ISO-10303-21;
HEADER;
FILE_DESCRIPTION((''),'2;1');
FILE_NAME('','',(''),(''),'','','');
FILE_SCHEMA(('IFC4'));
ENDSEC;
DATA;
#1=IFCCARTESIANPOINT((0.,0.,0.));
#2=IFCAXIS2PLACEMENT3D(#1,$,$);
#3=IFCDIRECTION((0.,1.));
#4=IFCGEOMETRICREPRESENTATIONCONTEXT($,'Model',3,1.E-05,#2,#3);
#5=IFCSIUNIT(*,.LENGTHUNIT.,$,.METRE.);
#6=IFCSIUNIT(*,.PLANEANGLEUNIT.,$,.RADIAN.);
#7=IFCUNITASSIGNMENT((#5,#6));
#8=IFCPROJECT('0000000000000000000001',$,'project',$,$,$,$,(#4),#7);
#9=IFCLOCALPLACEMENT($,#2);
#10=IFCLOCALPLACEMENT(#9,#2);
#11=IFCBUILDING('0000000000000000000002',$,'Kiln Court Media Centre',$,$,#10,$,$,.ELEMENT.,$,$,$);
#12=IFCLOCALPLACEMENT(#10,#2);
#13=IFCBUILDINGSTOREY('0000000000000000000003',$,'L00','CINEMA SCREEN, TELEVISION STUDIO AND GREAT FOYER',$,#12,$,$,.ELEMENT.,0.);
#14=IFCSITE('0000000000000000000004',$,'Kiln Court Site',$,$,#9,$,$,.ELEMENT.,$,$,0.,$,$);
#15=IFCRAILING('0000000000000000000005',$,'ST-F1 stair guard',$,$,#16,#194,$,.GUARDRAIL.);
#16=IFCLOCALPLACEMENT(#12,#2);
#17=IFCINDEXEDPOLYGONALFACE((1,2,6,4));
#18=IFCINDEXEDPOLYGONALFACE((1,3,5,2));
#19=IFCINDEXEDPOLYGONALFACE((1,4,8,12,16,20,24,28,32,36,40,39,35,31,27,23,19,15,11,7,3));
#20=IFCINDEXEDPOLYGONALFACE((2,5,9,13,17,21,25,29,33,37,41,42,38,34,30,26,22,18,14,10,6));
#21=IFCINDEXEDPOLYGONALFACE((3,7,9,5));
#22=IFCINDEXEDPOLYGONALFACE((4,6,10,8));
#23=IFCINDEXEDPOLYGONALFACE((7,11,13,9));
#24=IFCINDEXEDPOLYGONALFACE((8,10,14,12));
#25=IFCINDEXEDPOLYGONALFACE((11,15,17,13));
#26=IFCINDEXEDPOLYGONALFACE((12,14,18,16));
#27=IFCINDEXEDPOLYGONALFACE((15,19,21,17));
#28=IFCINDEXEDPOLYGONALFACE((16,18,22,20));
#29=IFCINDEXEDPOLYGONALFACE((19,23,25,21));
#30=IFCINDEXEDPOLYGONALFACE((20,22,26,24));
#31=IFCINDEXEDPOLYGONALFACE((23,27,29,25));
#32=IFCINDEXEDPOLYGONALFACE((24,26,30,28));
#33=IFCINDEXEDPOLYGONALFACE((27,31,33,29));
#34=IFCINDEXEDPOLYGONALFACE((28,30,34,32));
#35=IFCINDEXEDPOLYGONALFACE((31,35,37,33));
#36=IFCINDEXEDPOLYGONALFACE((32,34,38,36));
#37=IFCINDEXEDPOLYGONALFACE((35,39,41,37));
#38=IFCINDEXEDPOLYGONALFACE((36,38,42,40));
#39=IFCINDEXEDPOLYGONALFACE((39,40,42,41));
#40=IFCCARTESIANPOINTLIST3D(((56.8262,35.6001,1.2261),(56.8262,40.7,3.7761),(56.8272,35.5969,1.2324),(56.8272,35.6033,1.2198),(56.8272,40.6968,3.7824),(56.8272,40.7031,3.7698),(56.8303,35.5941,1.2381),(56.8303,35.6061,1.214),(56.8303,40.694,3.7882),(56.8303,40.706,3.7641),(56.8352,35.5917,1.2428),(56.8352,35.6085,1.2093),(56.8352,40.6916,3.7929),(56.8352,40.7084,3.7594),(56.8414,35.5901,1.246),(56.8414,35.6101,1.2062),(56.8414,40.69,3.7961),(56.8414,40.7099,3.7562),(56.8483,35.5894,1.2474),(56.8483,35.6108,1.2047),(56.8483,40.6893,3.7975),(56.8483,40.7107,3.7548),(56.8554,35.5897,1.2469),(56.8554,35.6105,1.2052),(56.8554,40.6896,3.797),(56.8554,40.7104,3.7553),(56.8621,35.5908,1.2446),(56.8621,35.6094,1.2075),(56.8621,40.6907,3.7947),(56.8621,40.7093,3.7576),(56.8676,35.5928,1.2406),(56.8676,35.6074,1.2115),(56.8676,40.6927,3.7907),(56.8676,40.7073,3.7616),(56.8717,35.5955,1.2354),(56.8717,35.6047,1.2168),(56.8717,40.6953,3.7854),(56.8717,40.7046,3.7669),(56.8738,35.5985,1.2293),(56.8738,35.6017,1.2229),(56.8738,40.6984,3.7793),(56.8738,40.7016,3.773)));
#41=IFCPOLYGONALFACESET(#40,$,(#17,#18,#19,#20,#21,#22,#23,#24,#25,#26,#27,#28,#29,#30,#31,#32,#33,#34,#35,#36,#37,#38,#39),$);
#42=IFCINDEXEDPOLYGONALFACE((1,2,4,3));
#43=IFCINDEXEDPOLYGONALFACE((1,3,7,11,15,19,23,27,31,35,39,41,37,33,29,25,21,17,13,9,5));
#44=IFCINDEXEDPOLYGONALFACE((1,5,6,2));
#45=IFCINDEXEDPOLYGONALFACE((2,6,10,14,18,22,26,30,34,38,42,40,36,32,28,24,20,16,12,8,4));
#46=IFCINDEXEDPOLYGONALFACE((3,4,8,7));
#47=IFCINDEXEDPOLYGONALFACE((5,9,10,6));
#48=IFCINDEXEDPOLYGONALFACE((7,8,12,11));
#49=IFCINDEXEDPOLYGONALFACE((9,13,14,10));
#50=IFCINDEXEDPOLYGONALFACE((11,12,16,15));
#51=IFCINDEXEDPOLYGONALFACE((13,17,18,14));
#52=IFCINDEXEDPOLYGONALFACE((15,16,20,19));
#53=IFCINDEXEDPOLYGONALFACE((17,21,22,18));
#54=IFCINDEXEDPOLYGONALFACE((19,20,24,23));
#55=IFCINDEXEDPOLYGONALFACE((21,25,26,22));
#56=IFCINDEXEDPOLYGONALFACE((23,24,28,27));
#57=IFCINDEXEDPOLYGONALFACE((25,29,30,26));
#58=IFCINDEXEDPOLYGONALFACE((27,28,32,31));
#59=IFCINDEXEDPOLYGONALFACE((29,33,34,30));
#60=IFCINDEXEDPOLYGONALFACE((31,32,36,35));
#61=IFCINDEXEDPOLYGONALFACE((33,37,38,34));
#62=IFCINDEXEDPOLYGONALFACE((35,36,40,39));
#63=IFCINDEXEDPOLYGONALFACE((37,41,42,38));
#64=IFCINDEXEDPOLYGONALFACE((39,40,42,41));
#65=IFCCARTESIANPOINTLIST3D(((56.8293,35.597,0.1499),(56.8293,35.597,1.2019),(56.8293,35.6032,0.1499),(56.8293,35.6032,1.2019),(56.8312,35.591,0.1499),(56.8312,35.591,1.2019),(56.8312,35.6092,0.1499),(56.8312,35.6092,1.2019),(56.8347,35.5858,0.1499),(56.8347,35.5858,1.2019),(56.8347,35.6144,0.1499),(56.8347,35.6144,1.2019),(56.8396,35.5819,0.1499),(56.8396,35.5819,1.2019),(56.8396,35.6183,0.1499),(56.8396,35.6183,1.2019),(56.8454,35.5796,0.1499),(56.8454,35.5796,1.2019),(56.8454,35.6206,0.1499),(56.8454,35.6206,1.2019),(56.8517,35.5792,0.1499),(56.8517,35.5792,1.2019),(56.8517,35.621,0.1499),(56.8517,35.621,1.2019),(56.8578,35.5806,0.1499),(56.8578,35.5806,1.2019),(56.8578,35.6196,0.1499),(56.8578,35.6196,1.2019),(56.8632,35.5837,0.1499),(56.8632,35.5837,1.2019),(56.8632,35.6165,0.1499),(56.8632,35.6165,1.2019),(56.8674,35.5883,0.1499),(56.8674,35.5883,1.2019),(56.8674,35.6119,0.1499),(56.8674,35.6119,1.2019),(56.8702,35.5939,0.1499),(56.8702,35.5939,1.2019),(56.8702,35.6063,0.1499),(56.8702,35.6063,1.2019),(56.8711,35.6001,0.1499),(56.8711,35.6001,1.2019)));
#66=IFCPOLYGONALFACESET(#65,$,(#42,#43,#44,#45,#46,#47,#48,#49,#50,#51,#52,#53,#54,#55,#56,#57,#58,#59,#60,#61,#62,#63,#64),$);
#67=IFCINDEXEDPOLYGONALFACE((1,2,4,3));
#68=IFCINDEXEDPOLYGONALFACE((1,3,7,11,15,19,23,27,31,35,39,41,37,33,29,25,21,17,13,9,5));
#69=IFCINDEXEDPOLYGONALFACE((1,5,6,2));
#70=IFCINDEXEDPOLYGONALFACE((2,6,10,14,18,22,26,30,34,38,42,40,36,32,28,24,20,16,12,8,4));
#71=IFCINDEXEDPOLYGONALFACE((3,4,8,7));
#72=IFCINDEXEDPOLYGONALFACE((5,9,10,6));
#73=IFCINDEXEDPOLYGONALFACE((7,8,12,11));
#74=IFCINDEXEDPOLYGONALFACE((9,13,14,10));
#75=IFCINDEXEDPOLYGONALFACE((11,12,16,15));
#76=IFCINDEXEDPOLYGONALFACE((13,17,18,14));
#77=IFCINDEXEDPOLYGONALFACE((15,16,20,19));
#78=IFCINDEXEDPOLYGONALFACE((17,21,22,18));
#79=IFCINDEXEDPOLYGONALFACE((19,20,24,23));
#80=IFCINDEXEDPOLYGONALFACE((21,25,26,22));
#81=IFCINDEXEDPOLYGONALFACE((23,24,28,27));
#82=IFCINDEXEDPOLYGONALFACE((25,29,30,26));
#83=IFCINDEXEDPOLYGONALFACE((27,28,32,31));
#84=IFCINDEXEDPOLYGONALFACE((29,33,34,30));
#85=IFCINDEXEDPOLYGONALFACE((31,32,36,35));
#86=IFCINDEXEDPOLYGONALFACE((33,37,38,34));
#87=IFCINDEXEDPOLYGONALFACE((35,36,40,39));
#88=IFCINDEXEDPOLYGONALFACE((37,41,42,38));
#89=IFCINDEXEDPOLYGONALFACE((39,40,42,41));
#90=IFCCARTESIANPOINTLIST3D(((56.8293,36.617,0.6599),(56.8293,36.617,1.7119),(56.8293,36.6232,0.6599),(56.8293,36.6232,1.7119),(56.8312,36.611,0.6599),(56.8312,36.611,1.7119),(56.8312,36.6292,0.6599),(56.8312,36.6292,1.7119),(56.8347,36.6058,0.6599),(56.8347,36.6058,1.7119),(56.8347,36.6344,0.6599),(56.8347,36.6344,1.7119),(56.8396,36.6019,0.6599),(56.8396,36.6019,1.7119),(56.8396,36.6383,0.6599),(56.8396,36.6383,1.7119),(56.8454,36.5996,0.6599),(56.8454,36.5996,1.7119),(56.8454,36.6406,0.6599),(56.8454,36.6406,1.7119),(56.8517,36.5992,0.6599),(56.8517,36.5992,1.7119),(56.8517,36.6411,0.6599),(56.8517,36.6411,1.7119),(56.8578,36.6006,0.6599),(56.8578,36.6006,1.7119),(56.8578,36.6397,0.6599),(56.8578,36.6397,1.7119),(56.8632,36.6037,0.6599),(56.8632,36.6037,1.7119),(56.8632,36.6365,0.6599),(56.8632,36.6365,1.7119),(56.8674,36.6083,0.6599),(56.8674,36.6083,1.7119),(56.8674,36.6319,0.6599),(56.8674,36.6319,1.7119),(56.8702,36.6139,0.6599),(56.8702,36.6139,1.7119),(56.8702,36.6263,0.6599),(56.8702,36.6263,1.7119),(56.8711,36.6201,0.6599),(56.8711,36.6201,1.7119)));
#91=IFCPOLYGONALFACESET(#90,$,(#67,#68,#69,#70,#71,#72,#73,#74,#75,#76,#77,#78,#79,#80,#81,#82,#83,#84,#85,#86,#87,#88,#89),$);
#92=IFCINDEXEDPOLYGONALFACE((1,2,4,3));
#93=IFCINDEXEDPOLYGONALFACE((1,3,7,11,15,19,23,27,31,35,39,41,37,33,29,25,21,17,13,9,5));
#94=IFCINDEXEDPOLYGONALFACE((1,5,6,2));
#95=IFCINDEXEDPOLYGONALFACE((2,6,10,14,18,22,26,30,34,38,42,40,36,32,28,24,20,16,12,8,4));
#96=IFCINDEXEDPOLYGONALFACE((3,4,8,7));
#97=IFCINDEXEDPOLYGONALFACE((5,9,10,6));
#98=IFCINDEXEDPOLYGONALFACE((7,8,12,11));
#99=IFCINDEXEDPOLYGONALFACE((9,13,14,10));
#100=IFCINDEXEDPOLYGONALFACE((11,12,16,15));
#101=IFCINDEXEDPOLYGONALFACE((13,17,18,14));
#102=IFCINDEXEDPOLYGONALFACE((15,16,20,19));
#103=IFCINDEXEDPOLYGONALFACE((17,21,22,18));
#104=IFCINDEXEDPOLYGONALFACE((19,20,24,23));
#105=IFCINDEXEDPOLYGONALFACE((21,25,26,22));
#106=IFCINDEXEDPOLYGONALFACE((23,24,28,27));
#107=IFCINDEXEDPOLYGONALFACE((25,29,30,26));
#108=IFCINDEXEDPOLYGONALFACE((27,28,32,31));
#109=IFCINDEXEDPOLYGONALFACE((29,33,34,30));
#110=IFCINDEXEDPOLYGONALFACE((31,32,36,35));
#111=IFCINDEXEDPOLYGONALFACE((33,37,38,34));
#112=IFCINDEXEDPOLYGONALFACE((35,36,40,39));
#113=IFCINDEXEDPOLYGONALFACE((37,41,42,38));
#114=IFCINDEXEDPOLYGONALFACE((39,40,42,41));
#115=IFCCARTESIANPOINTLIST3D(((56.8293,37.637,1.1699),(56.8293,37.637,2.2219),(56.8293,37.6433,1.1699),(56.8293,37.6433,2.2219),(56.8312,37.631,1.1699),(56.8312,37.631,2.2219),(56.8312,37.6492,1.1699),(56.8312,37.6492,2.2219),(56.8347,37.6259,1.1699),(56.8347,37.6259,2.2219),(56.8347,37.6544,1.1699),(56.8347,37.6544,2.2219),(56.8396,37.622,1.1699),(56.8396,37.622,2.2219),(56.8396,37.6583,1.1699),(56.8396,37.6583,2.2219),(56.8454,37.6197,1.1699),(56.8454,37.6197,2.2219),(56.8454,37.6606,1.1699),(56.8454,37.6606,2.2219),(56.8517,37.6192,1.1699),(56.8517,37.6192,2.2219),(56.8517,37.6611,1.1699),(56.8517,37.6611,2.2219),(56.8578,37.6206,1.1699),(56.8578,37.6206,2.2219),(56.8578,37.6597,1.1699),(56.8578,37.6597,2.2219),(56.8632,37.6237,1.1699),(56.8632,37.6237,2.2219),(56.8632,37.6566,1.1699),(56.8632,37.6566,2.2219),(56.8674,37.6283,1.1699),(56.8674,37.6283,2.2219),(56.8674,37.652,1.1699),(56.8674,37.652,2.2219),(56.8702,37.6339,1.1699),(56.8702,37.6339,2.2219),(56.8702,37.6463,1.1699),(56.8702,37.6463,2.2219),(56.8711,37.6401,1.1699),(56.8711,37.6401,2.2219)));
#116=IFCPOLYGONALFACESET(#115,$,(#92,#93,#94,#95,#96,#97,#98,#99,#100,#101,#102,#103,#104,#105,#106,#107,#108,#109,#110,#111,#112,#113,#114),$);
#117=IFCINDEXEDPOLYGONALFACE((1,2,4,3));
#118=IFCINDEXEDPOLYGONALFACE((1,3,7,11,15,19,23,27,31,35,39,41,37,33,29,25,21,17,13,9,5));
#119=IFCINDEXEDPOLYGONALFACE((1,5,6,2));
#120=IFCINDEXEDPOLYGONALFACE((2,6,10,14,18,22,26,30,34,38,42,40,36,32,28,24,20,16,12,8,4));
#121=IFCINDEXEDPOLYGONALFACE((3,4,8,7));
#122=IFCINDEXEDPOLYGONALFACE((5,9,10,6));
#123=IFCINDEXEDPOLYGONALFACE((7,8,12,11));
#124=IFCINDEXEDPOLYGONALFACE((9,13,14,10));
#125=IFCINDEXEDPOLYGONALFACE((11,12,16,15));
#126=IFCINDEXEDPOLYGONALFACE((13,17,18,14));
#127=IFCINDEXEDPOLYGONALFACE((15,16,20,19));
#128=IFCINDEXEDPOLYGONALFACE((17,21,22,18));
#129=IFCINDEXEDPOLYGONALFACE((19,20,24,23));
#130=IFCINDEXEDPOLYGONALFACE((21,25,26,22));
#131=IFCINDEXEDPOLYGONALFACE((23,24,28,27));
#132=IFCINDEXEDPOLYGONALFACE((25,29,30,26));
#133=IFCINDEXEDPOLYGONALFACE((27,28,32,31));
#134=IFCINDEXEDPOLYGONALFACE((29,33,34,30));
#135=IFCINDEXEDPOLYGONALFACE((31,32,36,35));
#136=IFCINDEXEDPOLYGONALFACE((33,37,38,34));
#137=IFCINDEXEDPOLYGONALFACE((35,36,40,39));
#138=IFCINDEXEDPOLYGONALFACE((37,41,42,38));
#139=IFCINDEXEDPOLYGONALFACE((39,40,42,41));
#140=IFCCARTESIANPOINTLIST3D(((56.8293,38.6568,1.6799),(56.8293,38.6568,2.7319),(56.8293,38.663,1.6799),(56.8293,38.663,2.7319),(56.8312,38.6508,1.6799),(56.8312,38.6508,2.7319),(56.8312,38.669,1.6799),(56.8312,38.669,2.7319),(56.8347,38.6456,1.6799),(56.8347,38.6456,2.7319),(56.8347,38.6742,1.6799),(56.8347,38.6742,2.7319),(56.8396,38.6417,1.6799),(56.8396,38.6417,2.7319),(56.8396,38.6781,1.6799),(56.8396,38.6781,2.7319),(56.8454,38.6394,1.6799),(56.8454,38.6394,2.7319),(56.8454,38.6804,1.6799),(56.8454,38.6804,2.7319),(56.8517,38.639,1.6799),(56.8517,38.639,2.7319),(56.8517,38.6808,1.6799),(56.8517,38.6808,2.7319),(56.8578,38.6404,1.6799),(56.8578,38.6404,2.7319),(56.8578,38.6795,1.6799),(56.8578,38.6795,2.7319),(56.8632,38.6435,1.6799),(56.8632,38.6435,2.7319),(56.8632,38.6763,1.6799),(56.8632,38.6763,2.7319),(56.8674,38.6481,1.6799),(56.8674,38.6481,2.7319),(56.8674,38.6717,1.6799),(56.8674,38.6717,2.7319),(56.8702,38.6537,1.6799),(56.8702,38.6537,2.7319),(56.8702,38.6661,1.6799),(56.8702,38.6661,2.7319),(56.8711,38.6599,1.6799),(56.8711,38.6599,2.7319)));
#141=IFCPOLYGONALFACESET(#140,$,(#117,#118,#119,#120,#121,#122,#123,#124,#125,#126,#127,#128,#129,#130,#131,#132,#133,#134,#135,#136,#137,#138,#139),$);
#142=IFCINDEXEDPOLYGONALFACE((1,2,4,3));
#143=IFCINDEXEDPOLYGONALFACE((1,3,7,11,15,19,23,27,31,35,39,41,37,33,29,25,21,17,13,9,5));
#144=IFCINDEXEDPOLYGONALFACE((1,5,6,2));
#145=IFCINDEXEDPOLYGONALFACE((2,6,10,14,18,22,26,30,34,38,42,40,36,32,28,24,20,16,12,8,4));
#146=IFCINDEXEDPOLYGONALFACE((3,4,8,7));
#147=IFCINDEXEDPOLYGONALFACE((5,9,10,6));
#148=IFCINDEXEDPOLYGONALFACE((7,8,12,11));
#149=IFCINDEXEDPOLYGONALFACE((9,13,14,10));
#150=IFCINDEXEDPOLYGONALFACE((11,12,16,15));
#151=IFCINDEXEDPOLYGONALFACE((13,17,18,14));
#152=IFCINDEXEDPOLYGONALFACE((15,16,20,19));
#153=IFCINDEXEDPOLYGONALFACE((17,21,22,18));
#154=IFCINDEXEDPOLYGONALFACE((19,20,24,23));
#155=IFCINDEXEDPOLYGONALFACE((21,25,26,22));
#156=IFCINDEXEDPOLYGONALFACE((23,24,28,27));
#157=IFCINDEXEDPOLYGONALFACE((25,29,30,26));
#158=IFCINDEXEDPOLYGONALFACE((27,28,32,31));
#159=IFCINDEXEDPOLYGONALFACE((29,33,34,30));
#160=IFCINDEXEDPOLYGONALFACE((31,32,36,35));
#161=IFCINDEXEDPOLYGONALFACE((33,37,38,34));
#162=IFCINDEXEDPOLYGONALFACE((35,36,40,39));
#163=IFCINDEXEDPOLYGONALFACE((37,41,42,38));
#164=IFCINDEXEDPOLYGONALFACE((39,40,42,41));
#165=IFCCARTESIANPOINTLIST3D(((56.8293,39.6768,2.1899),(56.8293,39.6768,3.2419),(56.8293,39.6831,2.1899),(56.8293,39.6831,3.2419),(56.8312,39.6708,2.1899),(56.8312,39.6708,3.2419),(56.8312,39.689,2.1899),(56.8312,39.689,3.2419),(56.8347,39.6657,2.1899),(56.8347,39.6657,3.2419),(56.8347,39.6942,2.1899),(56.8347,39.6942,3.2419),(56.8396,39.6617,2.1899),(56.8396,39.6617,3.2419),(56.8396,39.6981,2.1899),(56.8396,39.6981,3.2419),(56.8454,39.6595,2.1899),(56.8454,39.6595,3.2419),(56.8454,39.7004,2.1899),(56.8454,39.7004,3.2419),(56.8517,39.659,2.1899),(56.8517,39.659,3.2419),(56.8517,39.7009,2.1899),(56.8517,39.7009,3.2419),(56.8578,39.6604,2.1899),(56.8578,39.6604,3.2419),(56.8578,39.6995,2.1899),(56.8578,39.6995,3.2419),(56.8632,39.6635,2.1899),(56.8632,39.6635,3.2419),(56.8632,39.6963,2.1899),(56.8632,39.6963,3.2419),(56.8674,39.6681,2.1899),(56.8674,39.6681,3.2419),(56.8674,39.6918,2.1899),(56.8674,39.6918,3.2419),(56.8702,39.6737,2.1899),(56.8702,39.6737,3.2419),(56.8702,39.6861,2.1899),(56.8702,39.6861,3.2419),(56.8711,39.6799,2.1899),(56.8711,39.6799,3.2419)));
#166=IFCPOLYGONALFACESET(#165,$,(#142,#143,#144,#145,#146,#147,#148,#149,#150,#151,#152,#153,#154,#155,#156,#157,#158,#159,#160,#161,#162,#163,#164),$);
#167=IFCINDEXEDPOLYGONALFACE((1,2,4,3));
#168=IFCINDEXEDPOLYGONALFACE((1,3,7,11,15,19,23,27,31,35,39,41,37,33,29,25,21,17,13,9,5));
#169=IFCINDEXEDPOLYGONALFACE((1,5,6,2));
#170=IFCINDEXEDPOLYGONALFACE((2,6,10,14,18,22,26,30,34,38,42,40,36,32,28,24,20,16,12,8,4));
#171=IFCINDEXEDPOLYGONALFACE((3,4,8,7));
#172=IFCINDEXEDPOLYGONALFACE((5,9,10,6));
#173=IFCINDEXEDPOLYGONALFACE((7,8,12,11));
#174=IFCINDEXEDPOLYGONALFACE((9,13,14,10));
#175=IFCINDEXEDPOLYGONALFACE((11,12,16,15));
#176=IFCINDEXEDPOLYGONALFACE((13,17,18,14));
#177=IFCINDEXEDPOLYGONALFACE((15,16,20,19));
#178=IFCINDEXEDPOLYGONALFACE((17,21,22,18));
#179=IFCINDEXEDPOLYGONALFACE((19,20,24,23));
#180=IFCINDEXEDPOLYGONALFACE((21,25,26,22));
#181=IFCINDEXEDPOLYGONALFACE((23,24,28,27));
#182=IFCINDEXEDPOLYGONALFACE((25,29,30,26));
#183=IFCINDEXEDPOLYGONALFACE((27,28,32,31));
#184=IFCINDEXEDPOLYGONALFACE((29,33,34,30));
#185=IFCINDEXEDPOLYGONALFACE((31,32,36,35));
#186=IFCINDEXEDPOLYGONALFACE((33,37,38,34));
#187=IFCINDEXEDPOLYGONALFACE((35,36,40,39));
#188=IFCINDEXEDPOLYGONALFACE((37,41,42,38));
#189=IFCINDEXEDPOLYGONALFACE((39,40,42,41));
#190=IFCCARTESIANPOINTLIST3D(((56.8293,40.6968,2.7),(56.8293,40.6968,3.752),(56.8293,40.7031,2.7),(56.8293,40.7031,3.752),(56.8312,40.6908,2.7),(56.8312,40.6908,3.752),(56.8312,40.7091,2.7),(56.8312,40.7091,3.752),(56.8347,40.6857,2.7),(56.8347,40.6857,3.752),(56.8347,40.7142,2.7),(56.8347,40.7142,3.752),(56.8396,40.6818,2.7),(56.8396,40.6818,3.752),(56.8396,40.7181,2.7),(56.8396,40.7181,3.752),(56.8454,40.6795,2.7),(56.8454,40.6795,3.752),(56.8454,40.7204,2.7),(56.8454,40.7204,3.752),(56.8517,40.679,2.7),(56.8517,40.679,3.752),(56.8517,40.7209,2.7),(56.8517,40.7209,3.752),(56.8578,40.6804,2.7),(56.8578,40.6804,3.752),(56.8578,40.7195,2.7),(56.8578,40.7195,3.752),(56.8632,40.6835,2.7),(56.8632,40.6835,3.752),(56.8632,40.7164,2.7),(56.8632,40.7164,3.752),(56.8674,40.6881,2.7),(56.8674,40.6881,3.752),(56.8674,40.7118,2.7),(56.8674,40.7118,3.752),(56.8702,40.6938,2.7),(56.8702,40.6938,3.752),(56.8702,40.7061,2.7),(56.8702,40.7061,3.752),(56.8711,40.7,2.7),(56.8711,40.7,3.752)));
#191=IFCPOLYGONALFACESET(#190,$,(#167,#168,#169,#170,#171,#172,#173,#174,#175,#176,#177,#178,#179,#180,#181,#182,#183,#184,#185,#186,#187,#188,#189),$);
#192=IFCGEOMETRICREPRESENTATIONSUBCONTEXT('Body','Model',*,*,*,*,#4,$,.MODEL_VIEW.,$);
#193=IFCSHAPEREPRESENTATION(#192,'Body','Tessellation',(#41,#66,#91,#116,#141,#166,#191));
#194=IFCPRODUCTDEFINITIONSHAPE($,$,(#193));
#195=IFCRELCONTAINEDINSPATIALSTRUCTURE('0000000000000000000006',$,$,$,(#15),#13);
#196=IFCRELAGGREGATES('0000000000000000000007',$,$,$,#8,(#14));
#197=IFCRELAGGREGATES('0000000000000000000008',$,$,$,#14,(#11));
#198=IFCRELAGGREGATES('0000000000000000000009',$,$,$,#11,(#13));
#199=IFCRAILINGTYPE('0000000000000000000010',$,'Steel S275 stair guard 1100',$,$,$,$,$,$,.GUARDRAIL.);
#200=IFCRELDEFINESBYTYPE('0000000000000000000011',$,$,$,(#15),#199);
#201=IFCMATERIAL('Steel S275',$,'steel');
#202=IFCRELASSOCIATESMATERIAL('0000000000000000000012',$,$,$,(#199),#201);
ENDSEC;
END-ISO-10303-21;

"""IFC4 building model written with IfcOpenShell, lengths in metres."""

from ifc_helpers import new_model, si_unit, direction, frame, origin, origin_2d, place, context, subcontext, project, spatial, circle, extrude, material, type_object, element, save


model = new_model("IFC4")

# Units and contexts
model_context = context("Model", 3, precision=1e-05, world=origin(), true_north=direction((0.0, 1.0)))
body_context = subcontext(model_context, "Body", "Model", "MODEL_VIEW")
ifc_project = project(units=[si_unit("LENGTHUNIT", "METRE"), si_unit("PLANEANGLEUNIT", "RADIAN")], contexts=[model_context])

# Site, building, storey
site_placement = place(None, origin())
site = spatial("IfcSite", under=ifc_project, at=site_placement, Name="Kiln Court Site", CompositionType="ELEMENT", RefElevation=0.0)
building_placement = place(site_placement, origin())
building = spatial("IfcBuilding", under=site, at=building_placement, Name="Kiln Court Media Centre", CompositionType="ELEMENT")
storey_placement = place(building_placement, origin())
storey = spatial("IfcBuildingStorey", under=building, at=storey_placement, Name="L00", Description="CINEMA SCREEN, TELEVISION STUDIO AND GREAT FOYER", CompositionType="ELEMENT", Elevation=0.0)

# Railing
ifc_material_1 = material(Name="Steel S275", Category="steel")
railing_type = type_object("IfcRailingType", Name="Steel S275 stair guard 1100", PredefinedType="GUARDRAIL", material=ifc_material_1)
railing_1_placement = place(storey_placement, frame((56.8501, 35.6001, 0.1499)))
element("IfcRailing", 1, at=railing_1_placement, inside=storey, type_object=railing_type, Name="ST-F1 stair guard", PredefinedType="GUARDRAIL", context=body_context, shape_type="SweptSolid", body=[
    extrude(circle(Radius=0.0239, at=origin_2d()), frame((0.0, 0.0, 1.0762), z_axis=(0.0, 0.894419, 0.447231), x_axis=(-1.0, 0.0, 0.0)), (0.0, 0.0, 1.0), 5.7019),
    extrude(circle(Radius=0.021, at=origin_2d()), origin(), (0.0, 0.0, 1.0), 1.052),
    extrude(circle(Radius=0.021, at=origin_2d()), frame((0.0, 1.02, 0.51)), (0.0, 0.0, 1.0), 1.052),
    extrude(circle(Radius=0.021, at=origin_2d()), frame((0.0, 2.04, 1.02)), (0.0, 0.0, 1.0), 1.052),
    extrude(circle(Radius=0.021, at=origin_2d()), frame((0.0, 3.0598, 1.53)), (0.0, 0.0, 1.0), 1.052),
    extrude(circle(Radius=0.021, at=origin_2d()), frame((0.0, 4.0798, 2.04)), (0.0, 0.0, 1.0), 1.052),
    extrude(circle(Radius=0.021, at=origin_2d()), frame((0.0, 5.0999, 2.55)), (0.0, 0.0, 1.0), 1.052),
])

save(model, "model.ifc")
